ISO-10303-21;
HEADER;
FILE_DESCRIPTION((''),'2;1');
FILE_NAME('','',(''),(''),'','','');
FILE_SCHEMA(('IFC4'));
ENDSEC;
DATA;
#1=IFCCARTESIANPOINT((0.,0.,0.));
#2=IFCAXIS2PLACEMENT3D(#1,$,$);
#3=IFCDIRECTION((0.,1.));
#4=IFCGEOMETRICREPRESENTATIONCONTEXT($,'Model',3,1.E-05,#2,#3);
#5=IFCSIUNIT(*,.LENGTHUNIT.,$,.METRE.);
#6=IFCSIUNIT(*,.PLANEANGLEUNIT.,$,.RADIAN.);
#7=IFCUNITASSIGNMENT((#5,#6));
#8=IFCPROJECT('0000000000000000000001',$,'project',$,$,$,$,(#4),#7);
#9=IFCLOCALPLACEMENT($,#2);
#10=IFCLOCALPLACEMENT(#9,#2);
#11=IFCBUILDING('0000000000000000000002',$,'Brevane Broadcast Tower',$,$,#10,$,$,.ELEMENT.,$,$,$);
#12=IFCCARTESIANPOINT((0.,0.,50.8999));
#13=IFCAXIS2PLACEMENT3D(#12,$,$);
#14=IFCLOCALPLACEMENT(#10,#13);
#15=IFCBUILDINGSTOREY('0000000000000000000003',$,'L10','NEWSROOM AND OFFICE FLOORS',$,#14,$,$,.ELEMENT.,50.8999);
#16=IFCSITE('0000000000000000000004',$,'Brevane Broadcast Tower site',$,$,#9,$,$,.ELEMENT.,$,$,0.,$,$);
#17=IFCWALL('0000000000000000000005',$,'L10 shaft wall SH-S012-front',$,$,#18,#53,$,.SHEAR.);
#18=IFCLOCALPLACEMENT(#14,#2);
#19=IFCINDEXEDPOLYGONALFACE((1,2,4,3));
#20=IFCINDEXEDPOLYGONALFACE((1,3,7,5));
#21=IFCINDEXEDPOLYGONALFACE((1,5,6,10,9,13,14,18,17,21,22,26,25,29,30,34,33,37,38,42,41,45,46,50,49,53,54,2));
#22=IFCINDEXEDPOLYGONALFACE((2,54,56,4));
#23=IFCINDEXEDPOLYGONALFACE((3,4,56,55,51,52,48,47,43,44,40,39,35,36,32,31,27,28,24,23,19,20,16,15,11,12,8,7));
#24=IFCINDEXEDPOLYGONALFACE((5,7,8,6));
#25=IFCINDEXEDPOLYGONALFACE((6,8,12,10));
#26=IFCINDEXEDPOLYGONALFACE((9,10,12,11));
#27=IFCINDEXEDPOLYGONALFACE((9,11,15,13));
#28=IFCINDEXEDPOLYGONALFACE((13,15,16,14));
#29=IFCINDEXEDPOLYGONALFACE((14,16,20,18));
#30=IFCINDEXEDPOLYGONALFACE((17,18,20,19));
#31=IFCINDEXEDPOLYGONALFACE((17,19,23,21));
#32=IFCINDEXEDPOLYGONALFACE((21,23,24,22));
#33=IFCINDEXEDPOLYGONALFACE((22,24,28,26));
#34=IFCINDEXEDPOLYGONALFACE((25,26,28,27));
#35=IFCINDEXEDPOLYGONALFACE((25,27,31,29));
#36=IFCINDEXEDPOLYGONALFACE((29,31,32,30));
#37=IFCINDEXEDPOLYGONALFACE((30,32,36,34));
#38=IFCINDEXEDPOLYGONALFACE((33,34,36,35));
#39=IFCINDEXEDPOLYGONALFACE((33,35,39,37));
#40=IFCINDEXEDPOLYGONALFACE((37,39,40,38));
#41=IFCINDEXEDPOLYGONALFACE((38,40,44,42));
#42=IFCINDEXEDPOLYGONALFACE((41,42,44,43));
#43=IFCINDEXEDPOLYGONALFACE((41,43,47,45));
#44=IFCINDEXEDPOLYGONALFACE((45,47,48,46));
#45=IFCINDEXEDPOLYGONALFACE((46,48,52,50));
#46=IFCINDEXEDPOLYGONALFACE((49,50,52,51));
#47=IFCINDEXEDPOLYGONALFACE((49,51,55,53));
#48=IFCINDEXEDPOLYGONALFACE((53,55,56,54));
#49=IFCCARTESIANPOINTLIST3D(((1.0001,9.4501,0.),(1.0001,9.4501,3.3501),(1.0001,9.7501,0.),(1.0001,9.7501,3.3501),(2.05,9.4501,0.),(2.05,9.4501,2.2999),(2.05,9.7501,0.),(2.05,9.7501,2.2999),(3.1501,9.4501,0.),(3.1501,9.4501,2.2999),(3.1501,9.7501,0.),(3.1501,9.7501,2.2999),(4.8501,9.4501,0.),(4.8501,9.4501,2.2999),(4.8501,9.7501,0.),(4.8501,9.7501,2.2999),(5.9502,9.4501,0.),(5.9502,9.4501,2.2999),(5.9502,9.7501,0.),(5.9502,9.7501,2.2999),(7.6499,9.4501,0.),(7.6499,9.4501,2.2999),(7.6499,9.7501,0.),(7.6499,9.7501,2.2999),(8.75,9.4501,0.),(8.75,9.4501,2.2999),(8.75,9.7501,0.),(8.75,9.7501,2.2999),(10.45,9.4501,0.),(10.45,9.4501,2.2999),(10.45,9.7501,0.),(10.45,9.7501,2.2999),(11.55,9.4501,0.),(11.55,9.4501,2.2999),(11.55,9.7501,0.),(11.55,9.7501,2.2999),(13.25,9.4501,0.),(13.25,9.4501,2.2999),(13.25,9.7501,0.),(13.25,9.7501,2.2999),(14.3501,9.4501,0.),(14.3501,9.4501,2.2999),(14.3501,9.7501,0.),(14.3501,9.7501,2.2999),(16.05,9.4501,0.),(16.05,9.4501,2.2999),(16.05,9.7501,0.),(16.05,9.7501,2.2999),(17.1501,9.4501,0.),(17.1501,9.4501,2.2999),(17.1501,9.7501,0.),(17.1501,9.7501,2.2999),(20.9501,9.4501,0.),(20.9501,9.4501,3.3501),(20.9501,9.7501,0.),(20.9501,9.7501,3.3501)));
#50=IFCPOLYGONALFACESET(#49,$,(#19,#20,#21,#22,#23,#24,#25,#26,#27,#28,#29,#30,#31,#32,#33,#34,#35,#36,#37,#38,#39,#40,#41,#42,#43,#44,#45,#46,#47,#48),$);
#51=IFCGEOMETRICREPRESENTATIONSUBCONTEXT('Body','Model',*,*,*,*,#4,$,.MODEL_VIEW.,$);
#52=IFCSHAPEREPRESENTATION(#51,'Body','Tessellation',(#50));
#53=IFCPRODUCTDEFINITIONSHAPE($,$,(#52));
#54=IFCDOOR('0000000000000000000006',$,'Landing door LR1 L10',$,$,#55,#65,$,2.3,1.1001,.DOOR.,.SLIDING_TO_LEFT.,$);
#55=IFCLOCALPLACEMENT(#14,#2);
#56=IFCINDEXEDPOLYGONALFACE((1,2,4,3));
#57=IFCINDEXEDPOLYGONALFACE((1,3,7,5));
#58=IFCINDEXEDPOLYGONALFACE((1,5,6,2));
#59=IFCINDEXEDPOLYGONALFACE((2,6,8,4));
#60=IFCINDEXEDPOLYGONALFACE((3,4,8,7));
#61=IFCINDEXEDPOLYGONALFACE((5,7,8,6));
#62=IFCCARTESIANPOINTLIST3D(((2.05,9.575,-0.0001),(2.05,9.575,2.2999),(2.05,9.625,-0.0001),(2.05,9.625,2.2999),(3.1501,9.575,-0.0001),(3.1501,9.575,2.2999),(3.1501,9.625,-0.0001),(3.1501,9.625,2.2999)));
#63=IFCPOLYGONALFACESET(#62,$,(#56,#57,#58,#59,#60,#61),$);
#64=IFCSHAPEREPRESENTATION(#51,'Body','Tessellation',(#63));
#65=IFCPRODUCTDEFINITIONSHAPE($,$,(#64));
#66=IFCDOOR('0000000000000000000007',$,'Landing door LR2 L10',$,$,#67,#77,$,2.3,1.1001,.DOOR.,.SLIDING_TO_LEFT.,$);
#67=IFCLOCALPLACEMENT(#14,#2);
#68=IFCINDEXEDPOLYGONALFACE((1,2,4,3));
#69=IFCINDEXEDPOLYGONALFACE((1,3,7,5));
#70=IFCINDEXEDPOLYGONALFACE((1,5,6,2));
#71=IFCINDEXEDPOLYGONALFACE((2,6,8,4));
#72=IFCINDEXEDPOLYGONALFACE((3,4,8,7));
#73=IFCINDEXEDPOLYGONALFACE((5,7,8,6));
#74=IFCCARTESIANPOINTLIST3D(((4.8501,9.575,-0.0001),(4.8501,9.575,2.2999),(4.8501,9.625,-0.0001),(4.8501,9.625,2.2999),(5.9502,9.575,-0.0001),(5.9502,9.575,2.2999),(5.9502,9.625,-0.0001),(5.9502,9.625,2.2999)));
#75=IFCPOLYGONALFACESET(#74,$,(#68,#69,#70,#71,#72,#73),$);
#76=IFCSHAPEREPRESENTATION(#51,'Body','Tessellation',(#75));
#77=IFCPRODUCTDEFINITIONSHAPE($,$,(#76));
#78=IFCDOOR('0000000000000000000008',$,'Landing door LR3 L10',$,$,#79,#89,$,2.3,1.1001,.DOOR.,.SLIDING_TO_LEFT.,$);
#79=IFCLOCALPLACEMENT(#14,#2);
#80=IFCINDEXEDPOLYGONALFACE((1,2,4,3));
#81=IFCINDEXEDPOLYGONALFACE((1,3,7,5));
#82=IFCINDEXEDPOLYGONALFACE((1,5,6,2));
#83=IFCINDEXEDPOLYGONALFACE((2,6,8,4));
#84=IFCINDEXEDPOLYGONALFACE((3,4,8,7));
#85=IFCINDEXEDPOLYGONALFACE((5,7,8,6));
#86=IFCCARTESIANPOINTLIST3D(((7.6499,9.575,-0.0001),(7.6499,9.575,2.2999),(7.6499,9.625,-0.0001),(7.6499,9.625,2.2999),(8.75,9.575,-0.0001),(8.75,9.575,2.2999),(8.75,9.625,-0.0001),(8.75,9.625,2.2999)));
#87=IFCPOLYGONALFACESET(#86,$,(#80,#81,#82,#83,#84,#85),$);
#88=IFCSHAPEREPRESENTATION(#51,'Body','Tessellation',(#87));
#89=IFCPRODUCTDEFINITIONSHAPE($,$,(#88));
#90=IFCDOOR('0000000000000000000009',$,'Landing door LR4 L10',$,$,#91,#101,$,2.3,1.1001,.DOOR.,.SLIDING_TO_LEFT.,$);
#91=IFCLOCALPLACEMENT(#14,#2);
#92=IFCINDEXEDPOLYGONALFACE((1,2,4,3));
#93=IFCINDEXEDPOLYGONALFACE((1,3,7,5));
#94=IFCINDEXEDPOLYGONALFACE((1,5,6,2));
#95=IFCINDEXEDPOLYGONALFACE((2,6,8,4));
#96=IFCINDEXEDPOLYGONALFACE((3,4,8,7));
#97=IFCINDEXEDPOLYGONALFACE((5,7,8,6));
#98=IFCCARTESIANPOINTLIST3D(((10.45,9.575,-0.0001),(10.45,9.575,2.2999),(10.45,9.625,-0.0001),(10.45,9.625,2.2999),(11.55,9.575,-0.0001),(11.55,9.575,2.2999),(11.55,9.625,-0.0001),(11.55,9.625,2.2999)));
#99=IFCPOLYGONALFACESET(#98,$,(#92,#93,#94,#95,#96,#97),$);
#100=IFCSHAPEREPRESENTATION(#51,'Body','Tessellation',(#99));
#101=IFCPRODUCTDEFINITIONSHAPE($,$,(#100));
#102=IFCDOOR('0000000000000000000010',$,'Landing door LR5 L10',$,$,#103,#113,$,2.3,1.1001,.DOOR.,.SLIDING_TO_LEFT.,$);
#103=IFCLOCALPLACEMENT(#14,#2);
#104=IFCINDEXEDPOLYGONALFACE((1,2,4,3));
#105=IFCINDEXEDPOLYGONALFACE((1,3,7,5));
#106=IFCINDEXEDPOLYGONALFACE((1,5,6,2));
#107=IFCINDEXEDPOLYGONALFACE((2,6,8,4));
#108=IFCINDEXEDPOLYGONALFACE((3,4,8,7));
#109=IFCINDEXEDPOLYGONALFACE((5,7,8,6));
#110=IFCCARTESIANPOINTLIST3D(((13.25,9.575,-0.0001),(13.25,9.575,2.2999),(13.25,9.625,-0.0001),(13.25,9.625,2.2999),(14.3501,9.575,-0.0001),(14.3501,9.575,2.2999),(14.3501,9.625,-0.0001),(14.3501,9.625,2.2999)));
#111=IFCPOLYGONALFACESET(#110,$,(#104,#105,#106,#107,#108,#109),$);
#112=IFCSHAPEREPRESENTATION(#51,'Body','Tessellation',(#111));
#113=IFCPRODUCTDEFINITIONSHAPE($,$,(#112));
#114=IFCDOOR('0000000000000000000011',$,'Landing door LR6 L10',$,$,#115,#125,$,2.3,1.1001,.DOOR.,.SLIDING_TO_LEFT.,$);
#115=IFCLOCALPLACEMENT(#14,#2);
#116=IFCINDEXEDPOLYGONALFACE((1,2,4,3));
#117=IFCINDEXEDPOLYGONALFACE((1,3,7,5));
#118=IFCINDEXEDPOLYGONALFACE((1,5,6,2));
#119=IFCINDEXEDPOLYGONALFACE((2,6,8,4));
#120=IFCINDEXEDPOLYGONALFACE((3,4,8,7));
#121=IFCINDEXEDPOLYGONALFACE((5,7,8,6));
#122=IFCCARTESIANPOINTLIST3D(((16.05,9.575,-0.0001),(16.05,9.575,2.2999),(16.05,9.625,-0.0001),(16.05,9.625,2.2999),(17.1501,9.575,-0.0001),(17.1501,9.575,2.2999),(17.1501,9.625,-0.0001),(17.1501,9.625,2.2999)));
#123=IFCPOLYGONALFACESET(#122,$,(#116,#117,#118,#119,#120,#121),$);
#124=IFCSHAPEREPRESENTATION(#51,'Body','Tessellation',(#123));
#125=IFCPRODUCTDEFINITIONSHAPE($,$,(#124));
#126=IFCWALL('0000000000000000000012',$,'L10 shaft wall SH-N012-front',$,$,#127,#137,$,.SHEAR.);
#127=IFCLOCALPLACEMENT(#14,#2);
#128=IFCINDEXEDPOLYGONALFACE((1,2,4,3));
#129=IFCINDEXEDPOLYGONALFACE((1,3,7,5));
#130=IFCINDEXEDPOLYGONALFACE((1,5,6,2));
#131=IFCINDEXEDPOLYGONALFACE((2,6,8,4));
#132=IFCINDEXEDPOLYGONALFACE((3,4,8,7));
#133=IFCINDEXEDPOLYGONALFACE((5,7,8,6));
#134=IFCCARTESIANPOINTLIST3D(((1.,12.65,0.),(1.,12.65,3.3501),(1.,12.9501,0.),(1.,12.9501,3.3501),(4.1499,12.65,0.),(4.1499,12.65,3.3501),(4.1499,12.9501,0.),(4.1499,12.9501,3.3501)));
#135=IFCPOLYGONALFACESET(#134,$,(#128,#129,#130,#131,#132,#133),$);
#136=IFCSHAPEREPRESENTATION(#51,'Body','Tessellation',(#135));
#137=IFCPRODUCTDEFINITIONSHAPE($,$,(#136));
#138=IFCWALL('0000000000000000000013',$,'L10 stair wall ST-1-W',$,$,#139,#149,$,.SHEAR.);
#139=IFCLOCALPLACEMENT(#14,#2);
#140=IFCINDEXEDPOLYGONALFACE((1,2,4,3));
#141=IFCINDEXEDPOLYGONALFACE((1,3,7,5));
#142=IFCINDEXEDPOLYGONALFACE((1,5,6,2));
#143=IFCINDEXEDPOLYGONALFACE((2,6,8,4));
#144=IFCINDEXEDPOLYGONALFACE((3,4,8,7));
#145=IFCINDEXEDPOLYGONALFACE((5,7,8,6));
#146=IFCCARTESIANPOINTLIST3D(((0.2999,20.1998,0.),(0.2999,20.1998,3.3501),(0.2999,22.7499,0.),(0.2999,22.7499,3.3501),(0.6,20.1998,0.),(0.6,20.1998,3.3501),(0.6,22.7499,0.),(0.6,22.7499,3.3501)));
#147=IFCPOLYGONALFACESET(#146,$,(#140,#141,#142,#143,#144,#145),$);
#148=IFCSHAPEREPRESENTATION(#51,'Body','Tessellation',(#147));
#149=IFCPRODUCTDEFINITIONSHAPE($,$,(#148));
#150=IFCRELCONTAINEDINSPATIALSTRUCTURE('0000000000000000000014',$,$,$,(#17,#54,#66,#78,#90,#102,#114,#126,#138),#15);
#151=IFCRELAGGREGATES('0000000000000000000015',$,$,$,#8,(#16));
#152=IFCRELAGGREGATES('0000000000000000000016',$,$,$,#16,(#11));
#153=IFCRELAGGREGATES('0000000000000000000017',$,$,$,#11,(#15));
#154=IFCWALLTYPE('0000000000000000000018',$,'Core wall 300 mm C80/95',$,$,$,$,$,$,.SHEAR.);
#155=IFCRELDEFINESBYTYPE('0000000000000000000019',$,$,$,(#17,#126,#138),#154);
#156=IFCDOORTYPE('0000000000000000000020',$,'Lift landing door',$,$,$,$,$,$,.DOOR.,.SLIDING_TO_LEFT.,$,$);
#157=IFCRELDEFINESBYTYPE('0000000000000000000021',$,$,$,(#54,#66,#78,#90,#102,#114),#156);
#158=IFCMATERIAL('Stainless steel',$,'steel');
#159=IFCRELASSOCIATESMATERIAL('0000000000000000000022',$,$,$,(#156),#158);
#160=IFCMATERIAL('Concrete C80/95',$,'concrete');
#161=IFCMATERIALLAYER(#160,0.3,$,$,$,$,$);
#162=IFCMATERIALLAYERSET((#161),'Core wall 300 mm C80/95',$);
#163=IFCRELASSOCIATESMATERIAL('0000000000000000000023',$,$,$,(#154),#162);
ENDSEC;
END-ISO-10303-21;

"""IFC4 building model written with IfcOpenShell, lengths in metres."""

from ifc_helpers import new_model, si_unit, direction, frame, frame_2d, origin, place, context, subcontext, project, spatial, rectangle, extrude, material, layer, layer_set, type_object, element, fill, save


model = new_model("IFC4")

# Units and contexts
model_context = context("Model", 3, precision=1e-05, world=origin(), true_north=direction((0.0, 1.0)))
body_context = subcontext(model_context, "Body", "Model", "MODEL_VIEW")
ifc_project = project(units=[si_unit("LENGTHUNIT", "METRE"), si_unit("PLANEANGLEUNIT", "RADIAN")], contexts=[model_context])

# Site, building, storey
site_placement = place(None, origin())
site = spatial("IfcSite", under=ifc_project, at=site_placement, Name="Brevane Broadcast Tower site", CompositionType="ELEMENT", RefElevation=0.0)
building_placement = place(site_placement, origin())
building = spatial("IfcBuilding", under=site, at=building_placement, Name="Brevane Broadcast Tower", CompositionType="ELEMENT")
storey_placement = place(building_placement, frame((0.0, 0.0, 50.8999)))
storey = spatial("IfcBuildingStorey", under=building, at=storey_placement, Name="L10", Description="NEWSROOM AND OFFICE FLOORS", CompositionType="ELEMENT", Elevation=50.8999)

# Shared definitions
ifc_material_1 = material(Name="Concrete C80/95", Category="concrete")
ifc_material_2 = material(Name="Stainless steel", Category="steel")
door_type = type_object("IfcDoorType", Name="Lift landing door", OperationType="SLIDING_TO_LEFT", PredefinedType="DOOR", material=ifc_material_2)

# Wall, openings, doors
ifc_layer_1 = layer(ifc_material_1, 0.3)
ifc_layer_set_1 = layer_set([ifc_layer_1], Name="Core wall 300 mm C80/95")
wall_type_1 = type_object("IfcWallType", Name="Core wall 300 mm C80/95", PredefinedType="SHEAR", material=ifc_layer_set_1)
wall_1_placement = place(storey_placement, frame((1.0, 9.6001, 0.0), z_axis=(0.0, 0.0, 1.0), x_axis=(1.0, 0.0, 0.0)))
wall_1 = element("IfcWall", 1, at=wall_1_placement, inside=storey, type_object=wall_type_1, Name="L10 shaft wall SH-S012-front", PredefinedType="SHEAR", context=body_context, shape_type="SweptSolid", body=[
    extrude(rectangle(XDim=19.95, YDim=0.3, at=frame_2d((9.9751, 0.0))), origin(), (0.0, 0.0, 1.0), 3.3501),
])
opening_1_placement = place(wall_1_placement, frame((1.05, 0.0, 0.0)))
opening_1 = element("IfcOpeningElement", 2, at=opening_1_placement, cuts=wall_1, PredefinedType="OPENING", context=body_context, shape_type="SweptSolid", body=[
    extrude(rectangle(XDim=1.1001, YDim=2.3, at=frame_2d((0.55, 1.1499))), frame((0.0, 0.1599, 0.0), z_axis=(0.0, -1.0, 0.0), x_axis=(1.0, 0.0, 0.0)), (0.0, 0.0, 1.0), 0.3201),
])
opening_2_placement = place(wall_1_placement, frame((3.8501, 0.0, 0.0)))
opening_2 = element("IfcOpeningElement", 3, at=opening_2_placement, cuts=wall_1, PredefinedType="OPENING", context=body_context, shape_type="SweptSolid", body=[
    extrude(rectangle(XDim=1.1001, YDim=2.3, at=frame_2d((0.55, 1.1499))), frame((0.0, 0.1599, 0.0), z_axis=(0.0, -1.0, 0.0), x_axis=(1.0, 0.0, 0.0)), (0.0, 0.0, 1.0), 0.3201),
])
opening_3_placement = place(wall_1_placement, frame((6.6499, 0.0, 0.0)))
opening_3 = element("IfcOpeningElement", 4, at=opening_3_placement, cuts=wall_1, PredefinedType="OPENING", context=body_context, shape_type="SweptSolid", body=[
    extrude(rectangle(XDim=1.1001, YDim=2.3, at=frame_2d((0.55, 1.1499))), frame((0.0, 0.1599, 0.0), z_axis=(0.0, -1.0, 0.0), x_axis=(1.0, 0.0, 0.0)), (0.0, 0.0, 1.0), 0.3201),
])
opening_4_placement = place(wall_1_placement, frame((9.45, 0.0, 0.0)))
opening_4 = element("IfcOpeningElement", 5, at=opening_4_placement, cuts=wall_1, PredefinedType="OPENING", context=body_context, shape_type="SweptSolid", body=[
    extrude(rectangle(XDim=1.1001, YDim=2.3, at=frame_2d((0.55, 1.1499))), frame((0.0, 0.1599, 0.0), z_axis=(0.0, -1.0, 0.0), x_axis=(1.0, 0.0, 0.0)), (0.0, 0.0, 1.0), 0.3201),
])
opening_5_placement = place(wall_1_placement, frame((12.25, 0.0, 0.0)))
opening_5 = element("IfcOpeningElement", 6, at=opening_5_placement, cuts=wall_1, PredefinedType="OPENING", context=body_context, shape_type="SweptSolid", body=[
    extrude(rectangle(XDim=1.1001, YDim=2.3, at=frame_2d((0.55, 1.1499))), frame((0.0, 0.1599, 0.0), z_axis=(0.0, -1.0, 0.0), x_axis=(1.0, 0.0, 0.0)), (0.0, 0.0, 1.0), 0.3201),
])
opening_6_placement = place(wall_1_placement, frame((15.05, 0.0, 0.0)))
opening_6 = element("IfcOpeningElement", 7, at=opening_6_placement, cuts=wall_1, PredefinedType="OPENING", context=body_context, shape_type="SweptSolid", body=[
    extrude(rectangle(XDim=1.1001, YDim=2.3, at=frame_2d((0.55, 1.1499))), frame((0.0, 0.1599, 0.0), z_axis=(0.0, -1.0, 0.0), x_axis=(1.0, 0.0, 0.0)), (0.0, 0.0, 1.0), 0.3201),
])
door_1_placement = place(opening_1_placement, origin())
door_1 = element("IfcDoor", 8, at=door_1_placement, inside=storey, type_object=door_type, Name="Landing door LR1 L10", OperationType="SLIDING_TO_LEFT", OverallHeight=2.3, OverallWidth=1.1001, PredefinedType="DOOR", context=body_context, shape_type="SweptSolid", body=[
    extrude(rectangle(XDim=1.1001, YDim=2.3, at=frame_2d((0.55, 1.1499))), frame((0.0, 0.0249, 0.0), z_axis=(0.0, -1.0, 0.0), x_axis=(1.0, 0.0, 0.0)), (0.0, 0.0, 1.0), 0.05),
])
fill(opening_1, door_1)
door_2_placement = place(opening_2_placement, origin())
door_2 = element("IfcDoor", 9, at=door_2_placement, inside=storey, type_object=door_type, Name="Landing door LR2 L10", OperationType="SLIDING_TO_LEFT", OverallHeight=2.3, OverallWidth=1.1001, PredefinedType="DOOR", context=body_context, shape_type="SweptSolid", body=[
    extrude(rectangle(XDim=1.1001, YDim=2.3, at=frame_2d((0.55, 1.1499))), frame((0.0, 0.0249, 0.0), z_axis=(0.0, -1.0, 0.0), x_axis=(1.0, 0.0, 0.0)), (0.0, 0.0, 1.0), 0.05),
])
fill(opening_2, door_2)
door_3_placement = place(opening_3_placement, origin())
door_3 = element("IfcDoor", 10, at=door_3_placement, inside=storey, type_object=door_type, Name="Landing door LR3 L10", OperationType="SLIDING_TO_LEFT", OverallHeight=2.3, OverallWidth=1.1001, PredefinedType="DOOR", context=body_context, shape_type="SweptSolid", body=[
    extrude(rectangle(XDim=1.1001, YDim=2.3, at=frame_2d((0.55, 1.1499))), frame((0.0, 0.0249, 0.0), z_axis=(0.0, -1.0, 0.0), x_axis=(1.0, 0.0, 0.0)), (0.0, 0.0, 1.0), 0.05),
])
fill(opening_3, door_3)
door_4_placement = place(opening_4_placement, origin())
door_4 = element("IfcDoor", 11, at=door_4_placement, inside=storey, type_object=door_type, Name="Landing door LR4 L10", OperationType="SLIDING_TO_LEFT", OverallHeight=2.3, OverallWidth=1.1001, PredefinedType="DOOR", context=body_context, shape_type="SweptSolid", body=[
    extrude(rectangle(XDim=1.1001, YDim=2.3, at=frame_2d((0.55, 1.1499))), frame((0.0, 0.0249, 0.0), z_axis=(0.0, -1.0, 0.0), x_axis=(1.0, 0.0, 0.0)), (0.0, 0.0, 1.0), 0.05),
])
fill(opening_4, door_4)
door_5_placement = place(opening_5_placement, origin())
door_5 = element("IfcDoor", 12, at=door_5_placement, inside=storey, type_object=door_type, Name="Landing door LR5 L10", OperationType="SLIDING_TO_LEFT", OverallHeight=2.3, OverallWidth=1.1001, PredefinedType="DOOR", context=body_context, shape_type="SweptSolid", body=[
    extrude(rectangle(XDim=1.1001, YDim=2.3, at=frame_2d((0.55, 1.1499))), frame((0.0, 0.0249, 0.0), z_axis=(0.0, -1.0, 0.0), x_axis=(1.0, 0.0, 0.0)), (0.0, 0.0, 1.0), 0.05),
])
fill(opening_5, door_5)
door_6_placement = place(opening_6_placement, origin())
door_6 = element("IfcDoor", 13, at=door_6_placement, inside=storey, type_object=door_type, Name="Landing door LR6 L10", OperationType="SLIDING_TO_LEFT", OverallHeight=2.3, OverallWidth=1.1001, PredefinedType="DOOR", context=body_context, shape_type="SweptSolid", body=[
    extrude(rectangle(XDim=1.1001, YDim=2.3, at=frame_2d((0.55, 1.1499))), frame((0.0, 0.0249, 0.0), z_axis=(0.0, -1.0, 0.0), x_axis=(1.0, 0.0, 0.0)), (0.0, 0.0, 1.0), 0.05),
])
fill(opening_6, door_6)

# Walls
wall_2_placement = place(storey_placement, frame((1.0, 12.8, 0.0), z_axis=(0.0, 0.0, 1.0), x_axis=(1.0, 0.0, 0.0)))
element("IfcWall", 14, at=wall_2_placement, inside=storey, type_object=wall_type_1, Name="L10 shaft wall SH-N012-front", PredefinedType="SHEAR", context=body_context, shape_type="SweptSolid", body=[
    extrude(rectangle(XDim=3.1499, YDim=0.3, at=frame_2d((1.575, 0.0))), origin(), (0.0, 0.0, 1.0), 3.3501),
])
wall_3_placement = place(storey_placement, frame((0.45, 20.2, 0.0), z_axis=(0.0, 0.0, 1.0), x_axis=(0.0, 1.0, 0.0)))
element("IfcWall", 15, at=wall_3_placement, inside=storey, type_object=wall_type_1, Name="L10 stair wall ST-1-W", PredefinedType="SHEAR", context=body_context, shape_type="SweptSolid", body=[
    extrude(rectangle(XDim=2.55, YDim=0.3, at=frame_2d((1.2749, 0.0))), origin(), (0.0, 0.0, 1.0), 3.3501),
])

save(model, "model.ifc")
